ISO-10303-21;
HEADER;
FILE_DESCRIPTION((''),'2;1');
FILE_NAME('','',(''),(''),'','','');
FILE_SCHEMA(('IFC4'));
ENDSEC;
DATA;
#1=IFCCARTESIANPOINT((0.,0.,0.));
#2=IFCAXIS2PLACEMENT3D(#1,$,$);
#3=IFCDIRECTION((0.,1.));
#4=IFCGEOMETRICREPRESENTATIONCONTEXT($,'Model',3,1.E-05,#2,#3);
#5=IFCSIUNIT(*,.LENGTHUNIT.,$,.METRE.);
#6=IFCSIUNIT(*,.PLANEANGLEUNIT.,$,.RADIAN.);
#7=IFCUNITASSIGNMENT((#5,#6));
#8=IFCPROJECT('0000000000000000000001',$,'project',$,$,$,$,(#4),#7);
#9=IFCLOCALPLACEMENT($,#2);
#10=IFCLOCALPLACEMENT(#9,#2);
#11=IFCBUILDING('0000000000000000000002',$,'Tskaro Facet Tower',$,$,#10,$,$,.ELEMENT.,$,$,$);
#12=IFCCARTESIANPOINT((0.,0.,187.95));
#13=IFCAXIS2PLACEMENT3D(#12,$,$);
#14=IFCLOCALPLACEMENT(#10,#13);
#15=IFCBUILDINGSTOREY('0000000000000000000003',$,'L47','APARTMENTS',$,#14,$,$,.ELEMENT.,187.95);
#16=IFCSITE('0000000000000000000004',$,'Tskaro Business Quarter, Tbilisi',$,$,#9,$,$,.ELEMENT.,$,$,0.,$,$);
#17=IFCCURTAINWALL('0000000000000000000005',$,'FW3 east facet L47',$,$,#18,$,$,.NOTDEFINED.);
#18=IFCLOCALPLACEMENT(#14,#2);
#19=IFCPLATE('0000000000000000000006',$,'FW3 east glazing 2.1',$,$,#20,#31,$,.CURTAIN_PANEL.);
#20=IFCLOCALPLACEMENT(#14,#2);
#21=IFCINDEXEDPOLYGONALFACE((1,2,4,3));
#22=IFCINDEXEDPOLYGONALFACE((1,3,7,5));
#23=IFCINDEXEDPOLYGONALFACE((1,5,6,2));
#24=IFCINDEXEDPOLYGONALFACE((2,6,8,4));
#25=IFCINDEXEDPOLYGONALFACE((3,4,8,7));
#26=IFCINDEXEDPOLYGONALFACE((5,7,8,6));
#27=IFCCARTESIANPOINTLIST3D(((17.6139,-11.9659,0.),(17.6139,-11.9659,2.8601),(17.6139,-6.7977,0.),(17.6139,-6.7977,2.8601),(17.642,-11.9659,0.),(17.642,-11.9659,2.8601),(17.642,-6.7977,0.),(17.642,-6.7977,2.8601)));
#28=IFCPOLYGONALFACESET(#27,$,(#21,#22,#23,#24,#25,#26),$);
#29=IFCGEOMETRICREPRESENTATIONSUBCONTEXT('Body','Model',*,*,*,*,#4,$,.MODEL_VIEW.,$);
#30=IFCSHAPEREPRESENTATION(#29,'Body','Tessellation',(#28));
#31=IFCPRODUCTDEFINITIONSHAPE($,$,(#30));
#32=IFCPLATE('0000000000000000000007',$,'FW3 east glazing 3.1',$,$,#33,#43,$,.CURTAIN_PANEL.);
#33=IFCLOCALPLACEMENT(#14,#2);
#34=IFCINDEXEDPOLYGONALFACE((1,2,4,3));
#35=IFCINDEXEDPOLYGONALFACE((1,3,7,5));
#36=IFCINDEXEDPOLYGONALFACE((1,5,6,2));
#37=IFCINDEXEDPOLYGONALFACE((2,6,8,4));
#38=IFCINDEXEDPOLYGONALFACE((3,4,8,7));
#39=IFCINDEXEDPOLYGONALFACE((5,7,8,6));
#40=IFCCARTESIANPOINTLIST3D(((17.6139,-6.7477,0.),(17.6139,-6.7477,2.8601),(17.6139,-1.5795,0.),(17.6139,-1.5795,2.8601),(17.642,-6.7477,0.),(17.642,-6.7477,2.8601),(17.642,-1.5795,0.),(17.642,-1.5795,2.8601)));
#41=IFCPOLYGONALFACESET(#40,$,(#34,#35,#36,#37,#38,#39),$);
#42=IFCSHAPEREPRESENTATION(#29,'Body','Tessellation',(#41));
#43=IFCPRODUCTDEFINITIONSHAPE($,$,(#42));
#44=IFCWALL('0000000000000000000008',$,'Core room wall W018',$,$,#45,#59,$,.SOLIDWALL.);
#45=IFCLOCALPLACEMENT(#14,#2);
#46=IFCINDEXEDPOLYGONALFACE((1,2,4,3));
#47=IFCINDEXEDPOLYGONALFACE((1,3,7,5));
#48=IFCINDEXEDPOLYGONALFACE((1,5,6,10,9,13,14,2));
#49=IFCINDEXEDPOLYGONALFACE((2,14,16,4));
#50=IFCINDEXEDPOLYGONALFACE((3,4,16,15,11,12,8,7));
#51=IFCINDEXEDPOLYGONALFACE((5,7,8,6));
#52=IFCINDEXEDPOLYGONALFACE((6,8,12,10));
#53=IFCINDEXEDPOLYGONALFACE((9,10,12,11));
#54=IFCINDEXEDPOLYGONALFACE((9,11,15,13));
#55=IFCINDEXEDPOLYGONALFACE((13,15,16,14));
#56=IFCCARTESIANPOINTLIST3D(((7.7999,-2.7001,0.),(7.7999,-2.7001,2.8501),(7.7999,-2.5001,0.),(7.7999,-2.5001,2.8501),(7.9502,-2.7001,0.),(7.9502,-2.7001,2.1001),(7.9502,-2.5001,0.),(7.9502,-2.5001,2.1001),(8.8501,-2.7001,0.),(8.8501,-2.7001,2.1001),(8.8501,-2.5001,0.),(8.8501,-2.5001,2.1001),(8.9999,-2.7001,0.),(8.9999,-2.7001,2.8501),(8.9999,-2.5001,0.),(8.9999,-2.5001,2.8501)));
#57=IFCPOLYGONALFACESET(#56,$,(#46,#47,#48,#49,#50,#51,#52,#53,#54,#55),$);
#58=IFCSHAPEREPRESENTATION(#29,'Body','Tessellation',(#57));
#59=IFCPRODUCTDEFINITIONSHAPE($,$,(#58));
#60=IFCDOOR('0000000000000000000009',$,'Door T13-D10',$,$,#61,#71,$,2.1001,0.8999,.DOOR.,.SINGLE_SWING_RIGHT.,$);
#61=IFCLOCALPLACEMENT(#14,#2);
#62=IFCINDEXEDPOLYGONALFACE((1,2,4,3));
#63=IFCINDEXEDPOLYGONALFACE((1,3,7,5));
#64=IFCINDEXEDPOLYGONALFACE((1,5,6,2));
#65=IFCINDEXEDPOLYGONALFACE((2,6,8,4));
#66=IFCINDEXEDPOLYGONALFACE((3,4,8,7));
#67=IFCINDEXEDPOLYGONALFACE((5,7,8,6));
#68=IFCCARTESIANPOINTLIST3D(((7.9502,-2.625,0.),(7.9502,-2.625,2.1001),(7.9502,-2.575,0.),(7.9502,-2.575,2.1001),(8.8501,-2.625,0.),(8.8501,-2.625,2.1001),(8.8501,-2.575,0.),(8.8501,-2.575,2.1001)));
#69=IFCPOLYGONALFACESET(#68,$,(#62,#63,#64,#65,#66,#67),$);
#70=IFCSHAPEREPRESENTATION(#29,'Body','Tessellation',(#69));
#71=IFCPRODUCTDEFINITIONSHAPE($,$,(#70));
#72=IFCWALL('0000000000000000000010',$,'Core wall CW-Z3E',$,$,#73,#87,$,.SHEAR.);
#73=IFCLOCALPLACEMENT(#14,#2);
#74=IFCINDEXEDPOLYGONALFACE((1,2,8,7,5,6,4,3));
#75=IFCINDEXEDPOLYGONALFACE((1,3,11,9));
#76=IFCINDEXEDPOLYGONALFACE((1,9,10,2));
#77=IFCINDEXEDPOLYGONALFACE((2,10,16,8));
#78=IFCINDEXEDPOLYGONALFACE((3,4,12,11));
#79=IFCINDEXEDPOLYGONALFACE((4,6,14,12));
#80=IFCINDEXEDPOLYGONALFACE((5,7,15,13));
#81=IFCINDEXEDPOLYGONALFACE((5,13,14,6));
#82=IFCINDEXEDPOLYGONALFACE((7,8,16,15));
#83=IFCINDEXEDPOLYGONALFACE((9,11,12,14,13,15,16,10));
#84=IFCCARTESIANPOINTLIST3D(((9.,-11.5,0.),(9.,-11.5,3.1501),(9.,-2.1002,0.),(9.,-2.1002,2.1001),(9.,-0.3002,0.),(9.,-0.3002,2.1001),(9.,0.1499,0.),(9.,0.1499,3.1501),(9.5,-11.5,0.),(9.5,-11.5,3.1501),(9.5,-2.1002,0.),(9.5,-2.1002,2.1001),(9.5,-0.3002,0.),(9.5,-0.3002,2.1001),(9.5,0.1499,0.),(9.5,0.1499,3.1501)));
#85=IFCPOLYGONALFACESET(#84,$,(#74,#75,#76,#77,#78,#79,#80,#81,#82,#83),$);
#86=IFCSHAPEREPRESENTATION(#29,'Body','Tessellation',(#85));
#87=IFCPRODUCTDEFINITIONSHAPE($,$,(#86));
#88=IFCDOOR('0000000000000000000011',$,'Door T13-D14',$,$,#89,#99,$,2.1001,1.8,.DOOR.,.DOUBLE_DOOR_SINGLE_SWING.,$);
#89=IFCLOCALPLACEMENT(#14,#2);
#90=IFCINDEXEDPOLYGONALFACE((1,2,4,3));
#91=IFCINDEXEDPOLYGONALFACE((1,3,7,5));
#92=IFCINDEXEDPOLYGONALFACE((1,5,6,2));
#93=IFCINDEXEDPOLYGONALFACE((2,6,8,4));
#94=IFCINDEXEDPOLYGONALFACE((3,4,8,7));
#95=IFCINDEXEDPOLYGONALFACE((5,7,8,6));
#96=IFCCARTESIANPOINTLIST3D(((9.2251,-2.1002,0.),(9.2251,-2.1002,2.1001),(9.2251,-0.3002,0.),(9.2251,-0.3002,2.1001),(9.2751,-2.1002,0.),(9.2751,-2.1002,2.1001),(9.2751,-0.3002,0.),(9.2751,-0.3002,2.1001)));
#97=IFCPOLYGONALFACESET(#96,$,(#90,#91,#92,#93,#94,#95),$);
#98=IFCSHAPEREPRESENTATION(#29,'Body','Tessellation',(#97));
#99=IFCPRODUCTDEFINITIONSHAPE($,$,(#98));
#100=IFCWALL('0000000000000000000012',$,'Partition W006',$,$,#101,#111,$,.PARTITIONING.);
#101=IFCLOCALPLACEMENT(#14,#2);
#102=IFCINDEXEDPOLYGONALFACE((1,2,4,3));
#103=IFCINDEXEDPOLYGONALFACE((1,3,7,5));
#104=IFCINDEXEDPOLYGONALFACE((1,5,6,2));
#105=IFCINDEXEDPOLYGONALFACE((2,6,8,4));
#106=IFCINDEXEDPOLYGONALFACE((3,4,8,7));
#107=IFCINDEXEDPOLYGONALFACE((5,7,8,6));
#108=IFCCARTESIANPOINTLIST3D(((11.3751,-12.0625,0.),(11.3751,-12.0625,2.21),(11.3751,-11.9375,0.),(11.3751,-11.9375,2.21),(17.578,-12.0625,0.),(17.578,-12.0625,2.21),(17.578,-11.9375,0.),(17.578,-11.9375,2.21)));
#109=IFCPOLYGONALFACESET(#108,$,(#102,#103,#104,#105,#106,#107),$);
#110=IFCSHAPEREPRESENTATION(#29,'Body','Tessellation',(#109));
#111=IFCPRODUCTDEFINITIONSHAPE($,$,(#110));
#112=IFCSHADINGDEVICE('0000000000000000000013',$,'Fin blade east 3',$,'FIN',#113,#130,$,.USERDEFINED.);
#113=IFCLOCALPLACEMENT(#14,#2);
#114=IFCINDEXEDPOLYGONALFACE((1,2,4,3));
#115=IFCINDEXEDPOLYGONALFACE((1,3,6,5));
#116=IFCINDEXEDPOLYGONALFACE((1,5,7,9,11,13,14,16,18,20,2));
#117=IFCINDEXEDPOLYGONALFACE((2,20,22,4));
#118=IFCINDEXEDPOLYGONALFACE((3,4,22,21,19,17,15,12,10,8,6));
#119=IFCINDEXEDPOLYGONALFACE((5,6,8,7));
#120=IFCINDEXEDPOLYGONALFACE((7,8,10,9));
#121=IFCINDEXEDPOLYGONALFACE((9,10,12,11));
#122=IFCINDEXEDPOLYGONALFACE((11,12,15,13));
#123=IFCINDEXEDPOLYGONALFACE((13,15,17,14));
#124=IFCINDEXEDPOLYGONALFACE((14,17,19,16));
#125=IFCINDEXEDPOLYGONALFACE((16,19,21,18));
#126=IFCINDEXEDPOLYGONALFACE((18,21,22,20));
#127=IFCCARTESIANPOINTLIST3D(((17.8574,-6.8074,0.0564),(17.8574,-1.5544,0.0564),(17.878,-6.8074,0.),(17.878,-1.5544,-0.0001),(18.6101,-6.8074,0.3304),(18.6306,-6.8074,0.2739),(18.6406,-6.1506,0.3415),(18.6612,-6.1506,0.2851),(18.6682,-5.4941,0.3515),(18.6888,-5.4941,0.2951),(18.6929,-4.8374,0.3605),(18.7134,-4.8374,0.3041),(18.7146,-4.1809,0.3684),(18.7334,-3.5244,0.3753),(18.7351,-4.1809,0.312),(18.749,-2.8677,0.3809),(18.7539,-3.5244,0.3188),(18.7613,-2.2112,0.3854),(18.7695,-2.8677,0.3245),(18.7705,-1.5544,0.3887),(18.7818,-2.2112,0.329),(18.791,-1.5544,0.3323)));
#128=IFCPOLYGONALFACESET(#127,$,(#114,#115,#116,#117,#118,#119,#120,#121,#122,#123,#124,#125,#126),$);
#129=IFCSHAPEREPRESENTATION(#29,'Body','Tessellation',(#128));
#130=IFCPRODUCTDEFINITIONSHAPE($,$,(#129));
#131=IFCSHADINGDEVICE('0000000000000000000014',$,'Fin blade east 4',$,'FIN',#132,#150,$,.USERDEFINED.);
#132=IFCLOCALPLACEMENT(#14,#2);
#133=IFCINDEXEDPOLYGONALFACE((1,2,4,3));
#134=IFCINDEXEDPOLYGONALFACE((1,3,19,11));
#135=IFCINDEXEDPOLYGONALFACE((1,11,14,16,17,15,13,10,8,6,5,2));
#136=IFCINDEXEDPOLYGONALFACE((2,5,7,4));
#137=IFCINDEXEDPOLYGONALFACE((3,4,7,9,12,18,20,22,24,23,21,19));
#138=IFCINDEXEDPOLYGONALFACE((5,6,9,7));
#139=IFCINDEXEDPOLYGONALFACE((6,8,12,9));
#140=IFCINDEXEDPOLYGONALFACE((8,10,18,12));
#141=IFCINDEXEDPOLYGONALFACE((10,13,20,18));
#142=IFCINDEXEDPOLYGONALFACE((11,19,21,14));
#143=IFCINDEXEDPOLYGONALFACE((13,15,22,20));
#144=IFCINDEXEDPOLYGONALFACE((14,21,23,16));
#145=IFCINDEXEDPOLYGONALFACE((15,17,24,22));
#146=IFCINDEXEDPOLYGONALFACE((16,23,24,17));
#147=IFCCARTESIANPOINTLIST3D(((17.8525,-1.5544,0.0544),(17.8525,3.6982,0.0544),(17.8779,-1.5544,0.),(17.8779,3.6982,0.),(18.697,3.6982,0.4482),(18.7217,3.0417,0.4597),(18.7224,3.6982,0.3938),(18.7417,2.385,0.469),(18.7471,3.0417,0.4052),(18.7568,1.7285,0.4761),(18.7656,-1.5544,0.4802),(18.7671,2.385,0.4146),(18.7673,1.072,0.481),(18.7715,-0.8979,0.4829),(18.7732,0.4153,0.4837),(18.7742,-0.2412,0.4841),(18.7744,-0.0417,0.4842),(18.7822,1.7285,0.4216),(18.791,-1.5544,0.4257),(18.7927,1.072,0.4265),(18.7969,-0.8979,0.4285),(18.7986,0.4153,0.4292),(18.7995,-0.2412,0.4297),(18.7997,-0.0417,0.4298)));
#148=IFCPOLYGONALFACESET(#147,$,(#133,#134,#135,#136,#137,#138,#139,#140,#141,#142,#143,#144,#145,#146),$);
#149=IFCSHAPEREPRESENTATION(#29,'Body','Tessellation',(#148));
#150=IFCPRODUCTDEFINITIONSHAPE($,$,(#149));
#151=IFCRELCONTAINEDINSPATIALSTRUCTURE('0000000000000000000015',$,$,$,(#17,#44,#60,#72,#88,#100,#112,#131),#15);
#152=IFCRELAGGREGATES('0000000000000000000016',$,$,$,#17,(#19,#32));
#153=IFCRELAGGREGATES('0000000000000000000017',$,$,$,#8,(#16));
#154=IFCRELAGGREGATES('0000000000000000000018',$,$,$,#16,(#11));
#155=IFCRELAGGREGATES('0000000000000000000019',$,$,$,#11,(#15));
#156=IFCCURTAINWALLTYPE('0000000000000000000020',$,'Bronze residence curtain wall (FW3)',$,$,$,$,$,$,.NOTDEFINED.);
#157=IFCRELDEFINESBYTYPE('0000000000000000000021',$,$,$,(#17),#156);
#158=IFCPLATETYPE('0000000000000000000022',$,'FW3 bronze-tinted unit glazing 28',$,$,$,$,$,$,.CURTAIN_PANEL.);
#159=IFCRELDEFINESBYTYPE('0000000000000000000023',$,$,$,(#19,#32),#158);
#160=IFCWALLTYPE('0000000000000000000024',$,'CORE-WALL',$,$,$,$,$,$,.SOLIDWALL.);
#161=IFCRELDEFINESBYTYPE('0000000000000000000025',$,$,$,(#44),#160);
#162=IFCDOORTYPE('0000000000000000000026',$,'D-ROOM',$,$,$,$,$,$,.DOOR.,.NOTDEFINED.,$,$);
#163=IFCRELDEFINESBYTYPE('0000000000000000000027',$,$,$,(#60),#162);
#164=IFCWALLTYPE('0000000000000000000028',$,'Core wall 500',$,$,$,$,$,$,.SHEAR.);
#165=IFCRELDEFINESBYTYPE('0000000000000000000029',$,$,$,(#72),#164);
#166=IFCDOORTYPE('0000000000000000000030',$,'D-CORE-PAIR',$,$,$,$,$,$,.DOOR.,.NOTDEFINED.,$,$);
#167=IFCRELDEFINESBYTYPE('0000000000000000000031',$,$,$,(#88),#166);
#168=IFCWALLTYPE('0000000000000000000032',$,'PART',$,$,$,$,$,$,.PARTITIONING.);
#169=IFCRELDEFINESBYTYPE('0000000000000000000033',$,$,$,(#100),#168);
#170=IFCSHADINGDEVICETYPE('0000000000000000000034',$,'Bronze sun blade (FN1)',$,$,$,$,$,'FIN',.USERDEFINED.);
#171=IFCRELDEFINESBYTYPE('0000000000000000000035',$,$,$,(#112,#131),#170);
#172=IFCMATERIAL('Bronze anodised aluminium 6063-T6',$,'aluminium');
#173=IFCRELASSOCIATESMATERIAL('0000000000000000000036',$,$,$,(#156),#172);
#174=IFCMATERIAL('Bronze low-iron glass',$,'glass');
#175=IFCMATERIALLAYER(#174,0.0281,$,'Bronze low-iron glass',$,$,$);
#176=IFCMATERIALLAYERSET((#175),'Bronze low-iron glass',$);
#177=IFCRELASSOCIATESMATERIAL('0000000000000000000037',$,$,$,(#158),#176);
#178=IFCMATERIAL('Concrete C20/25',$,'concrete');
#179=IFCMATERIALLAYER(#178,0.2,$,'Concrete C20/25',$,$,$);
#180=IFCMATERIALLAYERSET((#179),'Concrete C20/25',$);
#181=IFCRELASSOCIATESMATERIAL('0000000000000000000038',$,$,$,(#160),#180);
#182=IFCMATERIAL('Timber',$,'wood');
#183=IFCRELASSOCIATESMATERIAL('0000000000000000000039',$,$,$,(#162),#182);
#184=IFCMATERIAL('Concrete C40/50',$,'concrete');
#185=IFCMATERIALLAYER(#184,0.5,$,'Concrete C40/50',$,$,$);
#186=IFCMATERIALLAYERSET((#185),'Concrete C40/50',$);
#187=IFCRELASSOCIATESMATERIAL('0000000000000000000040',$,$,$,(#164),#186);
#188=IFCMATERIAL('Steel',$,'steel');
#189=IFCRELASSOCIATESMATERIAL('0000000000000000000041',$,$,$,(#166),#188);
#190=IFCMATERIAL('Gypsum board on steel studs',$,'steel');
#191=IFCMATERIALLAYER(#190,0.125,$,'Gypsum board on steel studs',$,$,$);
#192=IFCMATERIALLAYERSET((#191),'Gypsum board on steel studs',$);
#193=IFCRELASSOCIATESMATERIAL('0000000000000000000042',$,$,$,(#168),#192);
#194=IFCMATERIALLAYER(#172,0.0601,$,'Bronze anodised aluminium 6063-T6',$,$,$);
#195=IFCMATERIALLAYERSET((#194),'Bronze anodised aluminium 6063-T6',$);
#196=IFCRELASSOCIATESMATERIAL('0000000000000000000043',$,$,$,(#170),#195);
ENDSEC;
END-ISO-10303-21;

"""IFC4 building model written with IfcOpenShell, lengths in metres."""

from ifc_helpers import new_model, si_unit, direction, frame, frame_2d, origin, origin_2d, place, context, subcontext, project, spatial, polyline, rectangle, outline, extrude, material, layer, layer_set, type_object, element, fill, aggregate, save


model = new_model("IFC4")

# Units and contexts
model_context = context("Model", 3, precision=1e-05, world=origin(), true_north=direction((0.0, 1.0)))
body_context = subcontext(model_context, "Body", "Model", "MODEL_VIEW")
ifc_project = project(units=[si_unit("LENGTHUNIT", "METRE"), si_unit("PLANEANGLEUNIT", "RADIAN")], contexts=[model_context])

# Site, building, storey
site_placement = place(None, origin())
site = spatial("IfcSite", under=ifc_project, at=site_placement, Name="Tskaro Business Quarter, Tbilisi", CompositionType="ELEMENT", RefElevation=0.0)
building_placement = place(site_placement, origin())
building = spatial("IfcBuilding", under=site, at=building_placement, Name="Tskaro Facet Tower", CompositionType="ELEMENT")
storey_placement = place(building_placement, frame((0.0, 0.0, 187.95)))
storey = spatial("IfcBuildingStorey", under=building, at=storey_placement, Name="L47", Description="APARTMENTS", CompositionType="ELEMENT", Elevation=187.95)

# Curtain wall
ifc_material_1 = material(Name="Bronze anodised aluminium 6063-T6", Category="aluminium")
curtain_wall_type = type_object("IfcCurtainWallType", Name="Bronze residence curtain wall (FW3)", PredefinedType="NOTDEFINED", material=ifc_material_1)
curtain_wall_placement = place(storey_placement, origin())
curtain_wall = element("IfcCurtainWall", 1, at=curtain_wall_placement, inside=storey, type_object=curtain_wall_type, Name="FW3 east facet L47", PredefinedType="NOTDEFINED")

# Plates
ifc_material_2 = material(Name="Bronze low-iron glass", Category="glass")
ifc_layer_1 = layer(ifc_material_2, 0.0281, Name="Bronze low-iron glass")
ifc_layer_set_1 = layer_set([ifc_layer_1], Name="Bronze low-iron glass")
plate_type = type_object("IfcPlateType", Name="FW3 bronze-tinted unit glazing 28", PredefinedType="CURTAIN_PANEL", material=ifc_layer_set_1)
plate_1_placement = place(storey_placement, frame((17.6279, -9.3818, 0.0), z_axis=(0.0, 0.0, 1.0), x_axis=(0.0, 1.0, 0.0)))
plate_1 = element("IfcPlate", 2, at=plate_1_placement, type_object=plate_type, Name="FW3 east glazing 2.1", PredefinedType="CURTAIN_PANEL", context=body_context, shape_type="SweptSolid", body=[
    extrude(rectangle(XDim=5.1682, YDim=0.0281, at=origin_2d()), origin(), (0.0, 0.0, 1.0), 2.8601),
])
plate_2_placement = place(storey_placement, frame((17.6279, -4.1636, 0.0), z_axis=(0.0, 0.0, 1.0), x_axis=(0.0, 1.0, 0.0)))
plate_2 = element("IfcPlate", 3, at=plate_2_placement, type_object=plate_type, Name="FW3 east glazing 3.1", PredefinedType="CURTAIN_PANEL", context=body_context, shape_type="SweptSolid", body=[
    extrude(rectangle(XDim=5.1682, YDim=0.0281, at=origin_2d()), origin(), (0.0, 0.0, 1.0), 2.8601),
])
aggregate(curtain_wall, [plate_1, plate_2])

# Walls, openings, doors
ifc_material_3 = material(Name="Concrete C20/25", Category="concrete")
ifc_layer_2 = layer(ifc_material_3, 0.2, Name="Concrete C20/25")
ifc_layer_set_2 = layer_set([ifc_layer_2], Name="Concrete C20/25")
wall_type_1 = type_object("IfcWallType", Name="CORE-WALL", PredefinedType="SOLIDWALL", material=ifc_layer_set_2)
wall_1_placement = place(storey_placement, frame((9.0, -2.6001, 0.0), z_axis=(0.0, 0.0, 1.0), x_axis=(-1.0, 0.0, 0.0)))
wall_1 = element("IfcWall", 4, at=wall_1_placement, inside=storey, type_object=wall_type_1, Name="Core room wall W018", PredefinedType="SOLIDWALL", context=body_context, shape_type="SweptSolid", body=[
    extrude(rectangle(XDim=1.2, YDim=0.2, at=frame_2d((0.6001, 0.0))), origin(), (0.0, 0.0, 1.0), 2.8501),
])
opening_1_placement = place(wall_1_placement, frame((0.1499, 0.0, 0.0)))
opening_1 = element("IfcOpeningElement", 5, at=opening_1_placement, cuts=wall_1, PredefinedType="OPENING", context=body_context, shape_type="SweptSolid", body=[
    extrude(rectangle(XDim=0.8999, YDim=2.1001, at=frame_2d((0.45, 1.05))), frame((0.0, 0.1099, 0.0), z_axis=(0.0, -1.0, 0.0), x_axis=(1.0, 0.0, 0.0)), (0.0, 0.0, 1.0), 0.22),
])
ifc_material_4 = material(Name="Timber", Category="wood")
door_type_1 = type_object("IfcDoorType", Name="D-ROOM", OperationType="NOTDEFINED", PredefinedType="DOOR", material=ifc_material_4)
door_1_placement = place(opening_1_placement, origin())
door_1 = element("IfcDoor", 6, at=door_1_placement, inside=storey, type_object=door_type_1, Name="Door T13-D10", OperationType="SINGLE_SWING_RIGHT", OverallHeight=2.1001, OverallWidth=0.8999, PredefinedType="DOOR", context=body_context, shape_type="SweptSolid", body=[
    extrude(rectangle(XDim=0.8999, YDim=2.1001, at=frame_2d((0.45, 1.05))), frame((0.0, 0.0249, 0.0), z_axis=(0.0, -1.0, 0.0), x_axis=(1.0, 0.0, 0.0)), (0.0, 0.0, 1.0), 0.05),
])
fill(opening_1, door_1)
ifc_material_5 = material(Name="Concrete C40/50", Category="concrete")
ifc_layer_3 = layer(ifc_material_5, 0.5, Name="Concrete C40/50")
ifc_layer_set_3 = layer_set([ifc_layer_3], Name="Concrete C40/50")
wall_type_2 = type_object("IfcWallType", Name="Core wall 500", PredefinedType="SHEAR", material=ifc_layer_set_3)
wall_2_placement = place(storey_placement, frame((9.25, -11.5, 0.0), z_axis=(0.0, 0.0, 1.0), x_axis=(0.0, 1.0, 0.0)))
wall_2 = element("IfcWall", 7, at=wall_2_placement, inside=storey, type_object=wall_type_2, Name="Core wall CW-Z3E", PredefinedType="SHEAR", context=body_context, shape_type="SweptSolid", body=[
    extrude(rectangle(XDim=11.6499, YDim=0.5, at=frame_2d((5.825, 0.0))), origin(), (0.0, 0.0, 1.0), 3.1501),
])
opening_2_placement = place(wall_2_placement, frame((9.3999, 0.0, 0.0)))
opening_2 = element("IfcOpeningElement", 8, at=opening_2_placement, cuts=wall_2, PredefinedType="OPENING", context=body_context, shape_type="SweptSolid", body=[
    extrude(rectangle(XDim=1.8, YDim=2.1001, at=frame_2d((0.8999, 1.05))), frame((0.0, 0.26, 0.0), z_axis=(0.0, -1.0, 0.0), x_axis=(1.0, 0.0, 0.0)), (0.0, 0.0, 1.0), 0.52),
])
ifc_material_6 = material(Name="Steel", Category="steel")
door_type_2 = type_object("IfcDoorType", Name="D-CORE-PAIR", OperationType="NOTDEFINED", PredefinedType="DOOR", material=ifc_material_6)
door_2_placement = place(opening_2_placement, origin())
door_2 = element("IfcDoor", 9, at=door_2_placement, inside=storey, type_object=door_type_2, Name="Door T13-D14", OperationType="DOUBLE_DOOR_SINGLE_SWING", OverallHeight=2.1001, OverallWidth=1.8, PredefinedType="DOOR", context=body_context, shape_type="SweptSolid", body=[
    extrude(rectangle(XDim=1.8, YDim=2.1001, at=frame_2d((0.8999, 1.05))), frame((0.0, 0.0249, 0.0), z_axis=(0.0, -1.0, 0.0), x_axis=(1.0, 0.0, 0.0)), (0.0, 0.0, 1.0), 0.05),
])
fill(opening_2, door_2)

# Wall
ifc_material_7 = material(Name="Gypsum board on steel studs", Category="steel")
ifc_layer_4 = layer(ifc_material_7, 0.125, Name="Gypsum board on steel studs")
ifc_layer_set_4 = layer_set([ifc_layer_4], Name="Gypsum board on steel studs")
wall_type_3 = type_object("IfcWallType", Name="PART", PredefinedType="PARTITIONING", material=ifc_layer_set_4)
wall_3_placement = place(storey_placement, frame((11.375, -12.0, 0.0), z_axis=(0.0, 0.0, 1.0), x_axis=(1.0, 0.0, 0.0)))
element("IfcWall", 10, at=wall_3_placement, inside=storey, type_object=wall_type_3, Name="Partition W006", PredefinedType="PARTITIONING", context=body_context, shape_type="SweptSolid", body=[
    extrude(rectangle(XDim=6.2029, YDim=0.125, at=frame_2d((3.1016, 0.0))), origin(), (0.0, 0.0, 1.0), 2.21),
])

# Shading devices
ifc_layer_5 = layer(ifc_material_1, 0.0601, Name="Bronze anodised aluminium 6063-T6")
ifc_layer_set_5 = layer_set([ifc_layer_5], Name="Bronze anodised aluminium 6063-T6")
shading_device_type = type_object("IfcShadingDeviceType", Name="Bronze sun blade (FN1)", ElementType="FIN", PredefinedType="USERDEFINED", material=ifc_layer_set_5)
shading_device_1_placement = place(storey_placement, frame((17.8574, -6.8074, 0.0564), z_axis=(-0.342064, 0.000005, 0.939676), x_axis=(0.000002, 1.0, -0.000005)))
element("IfcShadingDevice", 11, at=shading_device_1_placement, inside=storey, type_object=shading_device_type, Name="Fin blade east 3", ObjectType="FIN", PredefinedType="USERDEFINED", context=body_context, shape_type="SweptSolid", body=[
    extrude(outline(polyline([(0.0, 0.0), (5.2529, 0.0), (5.2529, -0.9717), (4.5962, -0.9619), (3.9397, -0.9488), (3.283, -0.9322), (2.6265, -0.9122), (1.97, -0.8891), (1.3132, -0.8628), (0.6567, -0.8335), (0.0, -0.801), (0.0, 0.0)])), origin(), (0.0, 0.0, -1.0), 0.0601),
])
shading_device_2_placement = place(storey_placement, frame((17.8525, -1.5544, 0.0544), z_axis=(-0.42257, 0.0, 0.90633), x_axis=(0.0, 1.0, 0.0)))
element("IfcShadingDevice", 12, at=shading_device_2_placement, inside=storey, type_object=shading_device_type, Name="Fin blade east 4", ObjectType="FIN", PredefinedType="USERDEFINED", context=body_context, shape_type="SweptSolid", body=[
    extrude(outline(polyline([(0.0, 0.0), (5.2527, 0.0), (5.2527, -0.9318), (4.5962, -0.959), (3.9395, -0.981), (3.283, -0.9978), (2.6265, -1.0093), (1.9697, -1.0158), (1.5127, -1.0171), (1.3132, -1.0169), (0.6565, -1.0139), (0.0, -1.0075), (0.0, 0.0)])), origin(), (0.0, 0.0, -1.0), 0.0601),
])

save(model, "model.ifc")
